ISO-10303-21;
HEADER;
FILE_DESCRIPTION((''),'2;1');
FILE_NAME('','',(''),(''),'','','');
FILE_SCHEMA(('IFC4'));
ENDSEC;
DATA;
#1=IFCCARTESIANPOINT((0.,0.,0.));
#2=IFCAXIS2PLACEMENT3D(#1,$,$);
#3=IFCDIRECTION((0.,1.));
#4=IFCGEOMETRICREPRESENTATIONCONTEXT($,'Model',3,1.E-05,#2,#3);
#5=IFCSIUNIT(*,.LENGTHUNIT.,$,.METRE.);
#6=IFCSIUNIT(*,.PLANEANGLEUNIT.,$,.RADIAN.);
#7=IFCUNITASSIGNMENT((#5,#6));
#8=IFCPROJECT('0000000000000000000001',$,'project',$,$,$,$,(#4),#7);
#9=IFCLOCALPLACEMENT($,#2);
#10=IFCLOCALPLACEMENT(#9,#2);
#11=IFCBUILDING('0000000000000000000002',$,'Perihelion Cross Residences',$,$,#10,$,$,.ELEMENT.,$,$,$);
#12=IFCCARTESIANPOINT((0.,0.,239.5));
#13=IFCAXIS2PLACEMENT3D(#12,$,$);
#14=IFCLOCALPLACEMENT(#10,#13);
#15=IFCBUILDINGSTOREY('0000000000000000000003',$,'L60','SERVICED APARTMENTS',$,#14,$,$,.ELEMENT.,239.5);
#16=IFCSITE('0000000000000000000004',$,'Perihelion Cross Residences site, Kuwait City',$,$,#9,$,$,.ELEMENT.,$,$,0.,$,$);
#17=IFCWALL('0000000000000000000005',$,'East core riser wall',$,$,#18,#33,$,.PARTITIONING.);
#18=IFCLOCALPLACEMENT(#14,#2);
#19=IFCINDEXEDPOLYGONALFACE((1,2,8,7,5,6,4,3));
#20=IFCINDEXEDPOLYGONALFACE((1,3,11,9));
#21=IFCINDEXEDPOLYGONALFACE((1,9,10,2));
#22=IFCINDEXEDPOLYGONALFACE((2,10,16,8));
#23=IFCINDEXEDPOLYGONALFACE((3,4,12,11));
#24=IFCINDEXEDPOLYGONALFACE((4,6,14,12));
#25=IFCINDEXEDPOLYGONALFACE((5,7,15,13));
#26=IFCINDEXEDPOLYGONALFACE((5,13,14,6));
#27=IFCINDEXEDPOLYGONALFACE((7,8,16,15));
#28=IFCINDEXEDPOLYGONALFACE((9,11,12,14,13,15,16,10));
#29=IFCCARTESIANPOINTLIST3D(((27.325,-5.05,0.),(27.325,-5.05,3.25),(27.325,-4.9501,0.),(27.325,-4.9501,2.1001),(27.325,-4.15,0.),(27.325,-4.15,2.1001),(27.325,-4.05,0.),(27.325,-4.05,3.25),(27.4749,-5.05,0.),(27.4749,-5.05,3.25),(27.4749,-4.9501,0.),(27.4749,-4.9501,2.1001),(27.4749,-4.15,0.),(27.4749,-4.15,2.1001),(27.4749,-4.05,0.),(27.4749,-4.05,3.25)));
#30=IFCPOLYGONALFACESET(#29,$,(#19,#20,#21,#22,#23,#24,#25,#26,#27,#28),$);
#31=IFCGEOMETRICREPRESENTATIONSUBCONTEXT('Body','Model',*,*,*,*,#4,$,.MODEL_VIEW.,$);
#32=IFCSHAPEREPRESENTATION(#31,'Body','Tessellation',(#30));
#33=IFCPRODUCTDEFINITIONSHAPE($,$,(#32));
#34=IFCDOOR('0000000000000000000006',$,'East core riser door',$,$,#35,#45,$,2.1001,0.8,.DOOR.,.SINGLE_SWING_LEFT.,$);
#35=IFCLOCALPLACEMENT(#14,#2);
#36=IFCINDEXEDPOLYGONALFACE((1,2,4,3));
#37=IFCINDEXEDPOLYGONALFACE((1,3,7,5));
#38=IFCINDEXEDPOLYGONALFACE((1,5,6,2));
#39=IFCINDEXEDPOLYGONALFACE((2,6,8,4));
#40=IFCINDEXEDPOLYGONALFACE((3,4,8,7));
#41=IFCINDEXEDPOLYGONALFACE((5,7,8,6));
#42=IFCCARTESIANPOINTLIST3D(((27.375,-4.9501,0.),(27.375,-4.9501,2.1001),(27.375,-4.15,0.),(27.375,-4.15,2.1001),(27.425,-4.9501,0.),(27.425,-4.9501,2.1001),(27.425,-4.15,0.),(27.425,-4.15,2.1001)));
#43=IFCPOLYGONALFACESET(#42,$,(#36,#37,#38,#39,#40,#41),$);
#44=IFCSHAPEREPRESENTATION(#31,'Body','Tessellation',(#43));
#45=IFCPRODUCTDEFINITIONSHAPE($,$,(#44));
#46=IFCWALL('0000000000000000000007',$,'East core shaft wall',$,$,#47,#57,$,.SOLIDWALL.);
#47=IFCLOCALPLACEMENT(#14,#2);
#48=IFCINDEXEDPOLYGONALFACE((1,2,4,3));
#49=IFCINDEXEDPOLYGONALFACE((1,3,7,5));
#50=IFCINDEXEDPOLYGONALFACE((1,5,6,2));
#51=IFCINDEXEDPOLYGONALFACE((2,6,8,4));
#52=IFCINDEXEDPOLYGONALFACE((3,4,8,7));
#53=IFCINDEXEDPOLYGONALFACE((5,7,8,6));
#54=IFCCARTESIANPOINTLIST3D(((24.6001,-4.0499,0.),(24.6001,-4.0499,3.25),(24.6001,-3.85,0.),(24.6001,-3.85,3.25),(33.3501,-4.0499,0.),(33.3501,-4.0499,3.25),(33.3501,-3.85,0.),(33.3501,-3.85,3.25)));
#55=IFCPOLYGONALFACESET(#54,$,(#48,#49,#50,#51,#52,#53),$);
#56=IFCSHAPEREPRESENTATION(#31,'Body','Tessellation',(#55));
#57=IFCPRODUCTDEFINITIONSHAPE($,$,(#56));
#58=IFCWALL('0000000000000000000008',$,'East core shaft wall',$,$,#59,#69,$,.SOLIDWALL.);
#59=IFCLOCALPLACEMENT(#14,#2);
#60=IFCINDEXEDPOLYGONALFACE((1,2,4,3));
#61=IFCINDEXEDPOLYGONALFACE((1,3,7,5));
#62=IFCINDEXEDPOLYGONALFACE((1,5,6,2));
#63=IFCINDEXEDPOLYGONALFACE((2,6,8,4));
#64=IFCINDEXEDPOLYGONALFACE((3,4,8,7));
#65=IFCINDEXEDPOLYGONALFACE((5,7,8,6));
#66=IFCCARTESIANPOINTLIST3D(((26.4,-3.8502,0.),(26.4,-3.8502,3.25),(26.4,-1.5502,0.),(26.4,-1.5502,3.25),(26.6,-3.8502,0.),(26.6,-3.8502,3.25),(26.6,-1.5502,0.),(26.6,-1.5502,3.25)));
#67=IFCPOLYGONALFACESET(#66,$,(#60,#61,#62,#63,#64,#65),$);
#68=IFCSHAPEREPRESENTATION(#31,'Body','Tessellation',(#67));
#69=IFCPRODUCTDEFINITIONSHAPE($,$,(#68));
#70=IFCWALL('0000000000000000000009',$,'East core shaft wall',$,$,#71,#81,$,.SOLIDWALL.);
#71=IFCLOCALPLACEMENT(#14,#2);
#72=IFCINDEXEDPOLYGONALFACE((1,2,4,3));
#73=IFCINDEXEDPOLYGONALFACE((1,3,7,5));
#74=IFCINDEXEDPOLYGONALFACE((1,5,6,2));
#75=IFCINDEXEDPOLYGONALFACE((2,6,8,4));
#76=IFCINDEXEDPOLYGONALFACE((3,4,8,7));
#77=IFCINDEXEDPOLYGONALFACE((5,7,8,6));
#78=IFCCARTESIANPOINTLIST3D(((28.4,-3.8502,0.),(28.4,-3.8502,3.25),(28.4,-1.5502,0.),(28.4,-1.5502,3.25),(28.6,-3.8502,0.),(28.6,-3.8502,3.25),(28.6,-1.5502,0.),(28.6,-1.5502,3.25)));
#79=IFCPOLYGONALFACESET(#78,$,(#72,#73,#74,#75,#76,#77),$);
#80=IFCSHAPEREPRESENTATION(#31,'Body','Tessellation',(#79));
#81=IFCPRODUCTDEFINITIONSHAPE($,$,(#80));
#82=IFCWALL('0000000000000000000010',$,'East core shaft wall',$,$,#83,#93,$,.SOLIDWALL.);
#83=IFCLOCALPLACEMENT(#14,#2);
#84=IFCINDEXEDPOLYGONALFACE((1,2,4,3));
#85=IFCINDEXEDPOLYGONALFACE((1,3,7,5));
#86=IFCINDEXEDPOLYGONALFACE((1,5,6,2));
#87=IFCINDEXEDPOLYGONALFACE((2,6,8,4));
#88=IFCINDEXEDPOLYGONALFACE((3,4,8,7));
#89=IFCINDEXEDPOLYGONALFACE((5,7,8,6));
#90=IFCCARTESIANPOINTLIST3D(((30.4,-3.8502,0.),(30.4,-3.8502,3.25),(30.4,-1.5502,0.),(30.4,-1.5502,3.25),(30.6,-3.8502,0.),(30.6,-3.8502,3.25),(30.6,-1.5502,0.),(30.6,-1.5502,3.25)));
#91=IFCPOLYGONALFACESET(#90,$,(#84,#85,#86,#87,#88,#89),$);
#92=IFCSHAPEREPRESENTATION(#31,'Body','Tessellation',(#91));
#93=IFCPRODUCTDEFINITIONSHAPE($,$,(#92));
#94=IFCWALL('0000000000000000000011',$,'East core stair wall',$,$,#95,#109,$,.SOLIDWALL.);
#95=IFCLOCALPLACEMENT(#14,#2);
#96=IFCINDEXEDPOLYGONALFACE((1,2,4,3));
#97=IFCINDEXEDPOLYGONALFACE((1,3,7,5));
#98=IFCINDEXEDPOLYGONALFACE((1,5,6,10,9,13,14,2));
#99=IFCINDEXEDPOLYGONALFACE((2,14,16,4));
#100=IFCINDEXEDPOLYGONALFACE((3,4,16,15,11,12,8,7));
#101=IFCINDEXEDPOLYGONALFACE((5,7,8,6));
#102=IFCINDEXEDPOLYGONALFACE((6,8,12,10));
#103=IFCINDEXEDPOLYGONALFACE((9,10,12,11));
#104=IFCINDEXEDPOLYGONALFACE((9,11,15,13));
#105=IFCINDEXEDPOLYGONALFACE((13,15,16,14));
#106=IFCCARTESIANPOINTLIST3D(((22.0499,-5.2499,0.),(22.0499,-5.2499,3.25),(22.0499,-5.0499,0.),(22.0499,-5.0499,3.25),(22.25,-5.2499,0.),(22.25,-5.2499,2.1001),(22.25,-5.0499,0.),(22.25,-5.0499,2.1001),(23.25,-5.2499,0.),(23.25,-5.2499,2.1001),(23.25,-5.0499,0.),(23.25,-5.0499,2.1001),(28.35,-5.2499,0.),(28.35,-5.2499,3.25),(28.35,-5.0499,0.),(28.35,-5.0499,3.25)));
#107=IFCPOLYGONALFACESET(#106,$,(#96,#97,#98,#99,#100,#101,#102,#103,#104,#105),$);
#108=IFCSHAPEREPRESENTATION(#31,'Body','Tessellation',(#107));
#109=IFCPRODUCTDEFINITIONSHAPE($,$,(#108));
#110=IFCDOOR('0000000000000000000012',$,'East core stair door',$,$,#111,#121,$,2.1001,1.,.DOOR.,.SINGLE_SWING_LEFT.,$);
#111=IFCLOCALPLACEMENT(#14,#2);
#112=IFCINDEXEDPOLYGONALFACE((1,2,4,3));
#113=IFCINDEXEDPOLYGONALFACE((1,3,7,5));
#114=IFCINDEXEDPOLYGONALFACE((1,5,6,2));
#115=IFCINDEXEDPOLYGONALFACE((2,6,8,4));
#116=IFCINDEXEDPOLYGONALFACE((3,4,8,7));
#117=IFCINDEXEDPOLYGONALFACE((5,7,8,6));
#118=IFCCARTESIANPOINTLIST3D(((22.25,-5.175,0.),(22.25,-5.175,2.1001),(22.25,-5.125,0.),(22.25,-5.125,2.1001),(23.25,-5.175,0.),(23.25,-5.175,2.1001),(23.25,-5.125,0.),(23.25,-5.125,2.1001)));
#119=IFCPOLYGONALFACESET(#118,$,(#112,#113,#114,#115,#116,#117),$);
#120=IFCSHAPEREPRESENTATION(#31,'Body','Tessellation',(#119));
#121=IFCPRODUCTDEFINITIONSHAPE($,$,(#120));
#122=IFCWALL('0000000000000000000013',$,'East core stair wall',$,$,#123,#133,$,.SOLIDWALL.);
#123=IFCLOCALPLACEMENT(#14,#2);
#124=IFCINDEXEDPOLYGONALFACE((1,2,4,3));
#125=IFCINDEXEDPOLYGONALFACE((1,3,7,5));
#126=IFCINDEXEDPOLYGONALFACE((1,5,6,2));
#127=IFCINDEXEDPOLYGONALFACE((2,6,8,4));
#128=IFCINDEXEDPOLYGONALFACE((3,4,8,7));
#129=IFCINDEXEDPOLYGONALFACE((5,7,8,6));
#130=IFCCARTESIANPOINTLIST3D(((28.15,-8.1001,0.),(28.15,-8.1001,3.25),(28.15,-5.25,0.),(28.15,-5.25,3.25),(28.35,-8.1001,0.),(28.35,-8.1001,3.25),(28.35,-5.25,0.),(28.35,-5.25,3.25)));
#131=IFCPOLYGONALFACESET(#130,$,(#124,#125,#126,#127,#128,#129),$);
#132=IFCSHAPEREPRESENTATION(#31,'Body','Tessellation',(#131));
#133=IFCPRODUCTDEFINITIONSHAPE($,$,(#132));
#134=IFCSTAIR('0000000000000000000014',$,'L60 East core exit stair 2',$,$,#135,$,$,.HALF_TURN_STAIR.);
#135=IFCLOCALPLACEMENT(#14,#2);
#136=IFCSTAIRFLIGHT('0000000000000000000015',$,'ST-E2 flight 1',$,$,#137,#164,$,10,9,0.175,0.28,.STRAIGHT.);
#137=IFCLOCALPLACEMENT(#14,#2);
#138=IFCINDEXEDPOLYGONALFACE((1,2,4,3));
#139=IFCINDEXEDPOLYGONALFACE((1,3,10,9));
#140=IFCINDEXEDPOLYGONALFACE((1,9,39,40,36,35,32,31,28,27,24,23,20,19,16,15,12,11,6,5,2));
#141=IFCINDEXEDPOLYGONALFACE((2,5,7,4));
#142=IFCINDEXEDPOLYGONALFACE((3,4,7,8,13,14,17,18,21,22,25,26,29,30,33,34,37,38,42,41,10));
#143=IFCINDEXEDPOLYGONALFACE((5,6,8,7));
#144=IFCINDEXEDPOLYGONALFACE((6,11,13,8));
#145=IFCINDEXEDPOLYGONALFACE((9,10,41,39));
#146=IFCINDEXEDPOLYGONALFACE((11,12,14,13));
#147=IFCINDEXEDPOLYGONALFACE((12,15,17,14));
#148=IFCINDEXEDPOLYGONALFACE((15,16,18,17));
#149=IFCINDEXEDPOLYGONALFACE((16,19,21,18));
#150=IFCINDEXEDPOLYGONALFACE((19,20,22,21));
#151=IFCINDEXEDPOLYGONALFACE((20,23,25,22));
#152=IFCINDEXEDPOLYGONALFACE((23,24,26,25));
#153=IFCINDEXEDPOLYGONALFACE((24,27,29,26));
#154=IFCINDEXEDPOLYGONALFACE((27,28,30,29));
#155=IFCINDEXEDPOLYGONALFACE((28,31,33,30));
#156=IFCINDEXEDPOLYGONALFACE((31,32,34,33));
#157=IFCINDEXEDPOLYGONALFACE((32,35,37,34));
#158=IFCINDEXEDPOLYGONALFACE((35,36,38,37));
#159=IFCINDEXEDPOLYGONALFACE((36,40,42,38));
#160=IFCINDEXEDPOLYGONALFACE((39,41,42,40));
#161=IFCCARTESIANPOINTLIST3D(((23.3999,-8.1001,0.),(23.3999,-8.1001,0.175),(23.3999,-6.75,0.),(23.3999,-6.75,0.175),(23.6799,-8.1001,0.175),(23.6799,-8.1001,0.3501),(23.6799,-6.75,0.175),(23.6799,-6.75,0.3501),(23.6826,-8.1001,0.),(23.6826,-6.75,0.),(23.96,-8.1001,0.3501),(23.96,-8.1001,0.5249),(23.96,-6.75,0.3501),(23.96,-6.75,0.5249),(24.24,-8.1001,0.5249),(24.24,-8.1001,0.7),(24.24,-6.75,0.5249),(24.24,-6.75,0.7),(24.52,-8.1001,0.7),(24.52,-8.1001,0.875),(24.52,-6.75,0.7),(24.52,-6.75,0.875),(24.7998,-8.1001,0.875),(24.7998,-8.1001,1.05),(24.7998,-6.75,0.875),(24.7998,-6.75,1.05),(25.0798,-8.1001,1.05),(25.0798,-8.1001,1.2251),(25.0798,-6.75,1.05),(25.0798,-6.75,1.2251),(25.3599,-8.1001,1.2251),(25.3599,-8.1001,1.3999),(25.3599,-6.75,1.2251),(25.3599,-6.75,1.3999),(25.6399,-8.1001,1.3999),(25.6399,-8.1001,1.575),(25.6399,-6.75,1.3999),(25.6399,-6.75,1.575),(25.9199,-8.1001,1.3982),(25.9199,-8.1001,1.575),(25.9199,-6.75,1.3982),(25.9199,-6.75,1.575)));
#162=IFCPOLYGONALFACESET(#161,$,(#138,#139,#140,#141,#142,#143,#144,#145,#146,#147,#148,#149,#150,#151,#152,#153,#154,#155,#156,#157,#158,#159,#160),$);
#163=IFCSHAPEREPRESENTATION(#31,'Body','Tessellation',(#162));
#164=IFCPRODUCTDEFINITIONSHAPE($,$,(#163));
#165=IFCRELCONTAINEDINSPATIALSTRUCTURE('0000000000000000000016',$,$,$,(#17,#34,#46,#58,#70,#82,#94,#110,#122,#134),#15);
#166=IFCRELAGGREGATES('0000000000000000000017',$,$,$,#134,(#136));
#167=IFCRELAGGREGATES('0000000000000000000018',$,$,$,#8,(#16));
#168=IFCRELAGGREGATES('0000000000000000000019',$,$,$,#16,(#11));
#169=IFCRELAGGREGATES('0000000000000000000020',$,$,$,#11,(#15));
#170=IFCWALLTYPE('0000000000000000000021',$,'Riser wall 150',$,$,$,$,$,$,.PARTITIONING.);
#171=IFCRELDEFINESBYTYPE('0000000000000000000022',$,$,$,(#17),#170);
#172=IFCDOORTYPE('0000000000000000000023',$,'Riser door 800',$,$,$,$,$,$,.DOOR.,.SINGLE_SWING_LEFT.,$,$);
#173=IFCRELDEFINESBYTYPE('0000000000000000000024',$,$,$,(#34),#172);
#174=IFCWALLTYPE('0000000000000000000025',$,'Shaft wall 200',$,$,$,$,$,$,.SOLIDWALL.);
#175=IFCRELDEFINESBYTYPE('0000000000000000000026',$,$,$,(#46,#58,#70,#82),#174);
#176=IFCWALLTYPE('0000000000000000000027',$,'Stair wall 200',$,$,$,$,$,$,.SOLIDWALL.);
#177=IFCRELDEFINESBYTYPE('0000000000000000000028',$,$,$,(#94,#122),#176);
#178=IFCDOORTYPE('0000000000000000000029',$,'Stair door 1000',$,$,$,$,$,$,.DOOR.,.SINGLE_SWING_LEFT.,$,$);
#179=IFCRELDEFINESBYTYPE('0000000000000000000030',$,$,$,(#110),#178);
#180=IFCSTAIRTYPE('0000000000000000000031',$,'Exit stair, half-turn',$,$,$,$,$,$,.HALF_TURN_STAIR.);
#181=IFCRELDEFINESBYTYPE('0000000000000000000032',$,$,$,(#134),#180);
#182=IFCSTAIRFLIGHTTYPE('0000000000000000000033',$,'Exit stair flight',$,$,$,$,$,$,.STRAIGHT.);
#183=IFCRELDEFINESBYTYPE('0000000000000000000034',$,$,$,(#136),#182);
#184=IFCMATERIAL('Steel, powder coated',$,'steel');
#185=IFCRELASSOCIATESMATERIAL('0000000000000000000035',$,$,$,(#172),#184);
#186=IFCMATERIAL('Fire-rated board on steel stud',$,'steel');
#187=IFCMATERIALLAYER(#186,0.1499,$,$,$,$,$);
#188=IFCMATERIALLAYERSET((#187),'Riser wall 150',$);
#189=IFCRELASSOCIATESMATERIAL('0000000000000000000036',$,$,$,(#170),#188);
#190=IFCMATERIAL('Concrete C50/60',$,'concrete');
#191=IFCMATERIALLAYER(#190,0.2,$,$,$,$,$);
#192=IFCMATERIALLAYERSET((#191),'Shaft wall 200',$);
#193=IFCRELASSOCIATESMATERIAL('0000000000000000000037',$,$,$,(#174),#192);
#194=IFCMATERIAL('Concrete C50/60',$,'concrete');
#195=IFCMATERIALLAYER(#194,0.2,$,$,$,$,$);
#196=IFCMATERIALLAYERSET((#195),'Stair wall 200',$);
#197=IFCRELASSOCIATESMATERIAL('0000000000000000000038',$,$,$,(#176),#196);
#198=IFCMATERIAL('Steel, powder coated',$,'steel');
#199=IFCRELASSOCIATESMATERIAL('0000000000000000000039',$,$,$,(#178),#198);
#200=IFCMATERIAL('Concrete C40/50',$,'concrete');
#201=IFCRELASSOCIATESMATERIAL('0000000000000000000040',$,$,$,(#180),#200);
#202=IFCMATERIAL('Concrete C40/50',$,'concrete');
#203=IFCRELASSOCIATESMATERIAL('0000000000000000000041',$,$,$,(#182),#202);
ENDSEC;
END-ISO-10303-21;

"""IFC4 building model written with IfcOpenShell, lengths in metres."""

from ifc_helpers import new_model, si_unit, direction, frame, frame_2d, origin, place, context, subcontext, project, spatial, polyline, rectangle, outline, extrude, material, layer, layer_set, type_object, element, fill, aggregate, save


model = new_model("IFC4")

# Units and contexts
model_context = context("Model", 3, precision=1e-05, world=origin(), true_north=direction((0.0, 1.0)))
body_context = subcontext(model_context, "Body", "Model", "MODEL_VIEW")
ifc_project = project(units=[si_unit("LENGTHUNIT", "METRE"), si_unit("PLANEANGLEUNIT", "RADIAN")], contexts=[model_context])

# Site, building, storey
site_placement = place(None, origin())
site = spatial("IfcSite", under=ifc_project, at=site_placement, Name="Perihelion Cross Residences site, Kuwait City", CompositionType="ELEMENT", RefElevation=0.0)
building_placement = place(site_placement, origin())
building = spatial("IfcBuilding", under=site, at=building_placement, Name="Perihelion Cross Residences", CompositionType="ELEMENT")
storey_placement = place(building_placement, frame((0.0, 0.0, 239.5)))
storey = spatial("IfcBuildingStorey", under=building, at=storey_placement, Name="L60", Description="SERVICED APARTMENTS", CompositionType="ELEMENT", Elevation=239.5)

# Shared definitions
ifc_material_1 = material(Name="Steel, powder coated", Category="steel")
door_type_1 = type_object("IfcDoorType", Name="Riser door 800", OperationType="SINGLE_SWING_LEFT", PredefinedType="DOOR", material=ifc_material_1)

# Wall, opening, door
ifc_material_2 = material(Name="Fire-rated board on steel stud", Category="steel")
ifc_layer_1 = layer(ifc_material_2, 0.1499)
ifc_layer_set_1 = layer_set([ifc_layer_1], Name="Riser wall 150")
wall_type_1 = type_object("IfcWallType", Name="Riser wall 150", PredefinedType="PARTITIONING", material=ifc_layer_set_1)
wall_1_placement = place(storey_placement, frame((27.3999, -5.05, 0.0), z_axis=(0.0, 0.0, 1.0), x_axis=(0.0, 1.0, 0.0)))
wall_1 = element("IfcWall", 1, at=wall_1_placement, inside=storey, type_object=wall_type_1, Name="East core riser wall", PredefinedType="PARTITIONING", context=body_context, shape_type="SweptSolid", body=[
    extrude(rectangle(XDim=1.0, YDim=0.1499, at=frame_2d((0.5, 0.0))), origin(), (0.0, 0.0, 1.0), 3.25),
])
opening_1_placement = place(wall_1_placement, frame((0.1001, 0.0, 0.0)))
opening_1 = element("IfcOpeningElement", 2, at=opening_1_placement, cuts=wall_1, PredefinedType="OPENING", context=body_context, shape_type="SweptSolid", body=[
    extrude(rectangle(XDim=0.8, YDim=2.1001, at=frame_2d((0.3999, 1.05))), frame((0.0, 0.085, 0.0), z_axis=(0.0, -1.0, 0.0), x_axis=(1.0, 0.0, 0.0)), (0.0, 0.0, 1.0), 0.1699),
])
door_1_placement = place(opening_1_placement, origin())
door_1 = element("IfcDoor", 3, at=door_1_placement, inside=storey, type_object=door_type_1, Name="East core riser door", OperationType="SINGLE_SWING_LEFT", OverallHeight=2.1001, OverallWidth=0.8, PredefinedType="DOOR", context=body_context, shape_type="SweptSolid", body=[
    extrude(rectangle(XDim=0.8, YDim=2.1001, at=frame_2d((0.3999, 1.05))), frame((0.0, 0.0249, 0.0), z_axis=(0.0, -1.0, 0.0), x_axis=(1.0, 0.0, 0.0)), (0.0, 0.0, 1.0), 0.05),
])
fill(opening_1, door_1)

# Walls
ifc_material_3 = material(Name="Concrete C50/60", Category="concrete")
ifc_layer_2 = layer(ifc_material_3, 0.2)
ifc_layer_set_2 = layer_set([ifc_layer_2], Name="Shaft wall 200")
wall_type_2 = type_object("IfcWallType", Name="Shaft wall 200", PredefinedType="SOLIDWALL", material=ifc_layer_set_2)
wall_2_placement = place(storey_placement, frame((24.6001, -3.95, 0.0), z_axis=(0.0, 0.0, 1.0), x_axis=(1.0, 0.0, 0.0)))
element("IfcWall", 4, at=wall_2_placement, inside=storey, type_object=wall_type_2, Name="East core shaft wall", PredefinedType="SOLIDWALL", context=body_context, shape_type="SweptSolid", body=[
    extrude(rectangle(XDim=8.75, YDim=0.2, at=frame_2d((4.375, 0.0))), origin(), (0.0, 0.0, 1.0), 3.25),
])
for number, where, z_axis, x_axis, name in (
    (5, (26.5, -3.8501, 0.0), (0.0, 0.0, 1.0), (0.0, 1.0, 0.0), "East core shaft wall"),
    (6, (28.5, -3.8501, 0.0), (0.0, 0.0, 1.0), (0.0, 1.0, 0.0), "East core shaft wall"),
    (7, (30.5, -3.8501, 0.0), (0.0, 0.0, 1.0), (0.0, 1.0, 0.0), "East core shaft wall"),
):
    element("IfcWall", number, at=place(storey_placement, frame(where, z_axis=z_axis, x_axis=x_axis)), inside=storey, type_object=wall_type_2, Name=name, PredefinedType="SOLIDWALL", context=body_context, shape_type="SweptSolid", body=[
        extrude(rectangle(XDim=2.3, YDim=0.2, at=frame_2d((1.1499, 0.0))), origin(), (0.0, 0.0, 1.0), 3.25),
    ])

# Wall, opening, door
ifc_material_4 = material(Name="Concrete C50/60", Category="concrete")
ifc_layer_3 = layer(ifc_material_4, 0.2)
ifc_layer_set_3 = layer_set([ifc_layer_3], Name="Stair wall 200")
wall_type_3 = type_object("IfcWallType", Name="Stair wall 200", PredefinedType="SOLIDWALL", material=ifc_layer_set_3)
wall_3_placement = place(storey_placement, frame((22.05, -5.1499, 0.0), z_axis=(0.0, 0.0, 1.0), x_axis=(1.0, 0.0, 0.0)))
wall_3 = element("IfcWall", 8, at=wall_3_placement, inside=storey, type_object=wall_type_3, Name="East core stair wall", PredefinedType="SOLIDWALL", context=body_context, shape_type="SweptSolid", body=[
    extrude(rectangle(XDim=6.3, YDim=0.2, at=frame_2d((3.1499, 0.0))), origin(), (0.0, 0.0, 1.0), 3.25),
])
opening_2_placement = place(wall_3_placement, frame((0.2, 0.0, 0.0)))
opening_2 = element("IfcOpeningElement", 9, at=opening_2_placement, cuts=wall_3, PredefinedType="OPENING", context=body_context, shape_type="SweptSolid", body=[
    extrude(rectangle(XDim=1.0, YDim=2.1001, at=frame_2d((0.5, 1.05))), frame((0.0, 0.1099, 0.0), z_axis=(0.0, -1.0, 0.0), x_axis=(1.0, 0.0, 0.0)), (0.0, 0.0, 1.0), 0.22),
])
ifc_material_5 = material(Name="Steel, powder coated", Category="steel")
door_type_2 = type_object("IfcDoorType", Name="Stair door 1000", OperationType="SINGLE_SWING_LEFT", PredefinedType="DOOR", material=ifc_material_5)
door_2_placement = place(opening_2_placement, origin())
door_2 = element("IfcDoor", 10, at=door_2_placement, inside=storey, type_object=door_type_2, Name="East core stair door", OperationType="SINGLE_SWING_LEFT", OverallHeight=2.1001, OverallWidth=1.0, PredefinedType="DOOR", context=body_context, shape_type="SweptSolid", body=[
    extrude(rectangle(XDim=1.0, YDim=2.1001, at=frame_2d((0.5, 1.05))), frame((0.0, 0.0249, 0.0), z_axis=(0.0, -1.0, 0.0), x_axis=(1.0, 0.0, 0.0)), (0.0, 0.0, 1.0), 0.05),
])
fill(opening_2, door_2)

# Wall
wall_4_placement = place(storey_placement, frame((28.25, -8.1001, 0.0), z_axis=(0.0, 0.0, 1.0), x_axis=(0.0, 1.0, 0.0)))
element("IfcWall", 11, at=wall_4_placement, inside=storey, type_object=wall_type_3, Name="East core stair wall", PredefinedType="SOLIDWALL", context=body_context, shape_type="SweptSolid", body=[
    extrude(rectangle(XDim=2.8501, YDim=0.2, at=frame_2d((1.425, 0.0))), origin(), (0.0, 0.0, 1.0), 3.25),
])

# Stair, stair flight
ifc_material_6 = material(Name="Concrete C40/50", Category="concrete")
stair_type = type_object("IfcStairType", Name="Exit stair, half-turn", PredefinedType="HALF_TURN_STAIR", material=ifc_material_6)
stair_placement = place(storey_placement, origin())
stair = element("IfcStair", 12, at=stair_placement, inside=storey, type_object=stair_type, Name="L60 East core exit stair 2", PredefinedType="HALF_TURN_STAIR")
ifc_material_7 = material(Name="Concrete C40/50", Category="concrete")
stair_flight_type = type_object("IfcStairFlightType", Name="Exit stair flight", PredefinedType="STRAIGHT", material=ifc_material_7)
stair_flight_1_placement = place(storey_placement, frame((23.3999, -7.425, 0.0), z_axis=(0.0, 0.0, 1.0), x_axis=(1.0, 0.0, 0.0)))
stair_flight_1 = element("IfcStairFlight", 13, at=stair_flight_1_placement, type_object=stair_flight_type, Name="ST-E2 flight 1", NumberOfRisers=10, NumberOfTreads=9, PredefinedType="STRAIGHT", RiserHeight=0.175, TreadLength=0.28, context=body_context, shape_type="SweptSolid", body=[
    extrude(outline(polyline([(0.0, 0.0), (0.0, 0.175), (0.28, 0.175), (0.28, 0.3501), (0.5601, 0.3501), (0.5601, 0.5249), (0.8401, 0.5249), (0.8401, 0.7), (1.1201, 0.7), (1.1201, 0.875), (1.3999, 0.875), (1.3999, 1.05), (1.6799, 1.05), (1.6799, 1.2251), (1.96, 1.2251), (1.96, 1.3999), (2.24, 1.3999), (2.24, 1.575), (2.52, 1.575), (2.52, 1.75), (2.52, 1.3982), (0.2827, 0.0), (0.0, 0.0)])), frame((0.0, 0.675, 0.0), z_axis=(0.0, -1.0, 0.0), x_axis=(1.0, 0.0, 0.0)), (0.0, 0.0, 1.0), 1.3501),
])
aggregate(stair, [stair_flight_1])

save(model, "model.ifc")
